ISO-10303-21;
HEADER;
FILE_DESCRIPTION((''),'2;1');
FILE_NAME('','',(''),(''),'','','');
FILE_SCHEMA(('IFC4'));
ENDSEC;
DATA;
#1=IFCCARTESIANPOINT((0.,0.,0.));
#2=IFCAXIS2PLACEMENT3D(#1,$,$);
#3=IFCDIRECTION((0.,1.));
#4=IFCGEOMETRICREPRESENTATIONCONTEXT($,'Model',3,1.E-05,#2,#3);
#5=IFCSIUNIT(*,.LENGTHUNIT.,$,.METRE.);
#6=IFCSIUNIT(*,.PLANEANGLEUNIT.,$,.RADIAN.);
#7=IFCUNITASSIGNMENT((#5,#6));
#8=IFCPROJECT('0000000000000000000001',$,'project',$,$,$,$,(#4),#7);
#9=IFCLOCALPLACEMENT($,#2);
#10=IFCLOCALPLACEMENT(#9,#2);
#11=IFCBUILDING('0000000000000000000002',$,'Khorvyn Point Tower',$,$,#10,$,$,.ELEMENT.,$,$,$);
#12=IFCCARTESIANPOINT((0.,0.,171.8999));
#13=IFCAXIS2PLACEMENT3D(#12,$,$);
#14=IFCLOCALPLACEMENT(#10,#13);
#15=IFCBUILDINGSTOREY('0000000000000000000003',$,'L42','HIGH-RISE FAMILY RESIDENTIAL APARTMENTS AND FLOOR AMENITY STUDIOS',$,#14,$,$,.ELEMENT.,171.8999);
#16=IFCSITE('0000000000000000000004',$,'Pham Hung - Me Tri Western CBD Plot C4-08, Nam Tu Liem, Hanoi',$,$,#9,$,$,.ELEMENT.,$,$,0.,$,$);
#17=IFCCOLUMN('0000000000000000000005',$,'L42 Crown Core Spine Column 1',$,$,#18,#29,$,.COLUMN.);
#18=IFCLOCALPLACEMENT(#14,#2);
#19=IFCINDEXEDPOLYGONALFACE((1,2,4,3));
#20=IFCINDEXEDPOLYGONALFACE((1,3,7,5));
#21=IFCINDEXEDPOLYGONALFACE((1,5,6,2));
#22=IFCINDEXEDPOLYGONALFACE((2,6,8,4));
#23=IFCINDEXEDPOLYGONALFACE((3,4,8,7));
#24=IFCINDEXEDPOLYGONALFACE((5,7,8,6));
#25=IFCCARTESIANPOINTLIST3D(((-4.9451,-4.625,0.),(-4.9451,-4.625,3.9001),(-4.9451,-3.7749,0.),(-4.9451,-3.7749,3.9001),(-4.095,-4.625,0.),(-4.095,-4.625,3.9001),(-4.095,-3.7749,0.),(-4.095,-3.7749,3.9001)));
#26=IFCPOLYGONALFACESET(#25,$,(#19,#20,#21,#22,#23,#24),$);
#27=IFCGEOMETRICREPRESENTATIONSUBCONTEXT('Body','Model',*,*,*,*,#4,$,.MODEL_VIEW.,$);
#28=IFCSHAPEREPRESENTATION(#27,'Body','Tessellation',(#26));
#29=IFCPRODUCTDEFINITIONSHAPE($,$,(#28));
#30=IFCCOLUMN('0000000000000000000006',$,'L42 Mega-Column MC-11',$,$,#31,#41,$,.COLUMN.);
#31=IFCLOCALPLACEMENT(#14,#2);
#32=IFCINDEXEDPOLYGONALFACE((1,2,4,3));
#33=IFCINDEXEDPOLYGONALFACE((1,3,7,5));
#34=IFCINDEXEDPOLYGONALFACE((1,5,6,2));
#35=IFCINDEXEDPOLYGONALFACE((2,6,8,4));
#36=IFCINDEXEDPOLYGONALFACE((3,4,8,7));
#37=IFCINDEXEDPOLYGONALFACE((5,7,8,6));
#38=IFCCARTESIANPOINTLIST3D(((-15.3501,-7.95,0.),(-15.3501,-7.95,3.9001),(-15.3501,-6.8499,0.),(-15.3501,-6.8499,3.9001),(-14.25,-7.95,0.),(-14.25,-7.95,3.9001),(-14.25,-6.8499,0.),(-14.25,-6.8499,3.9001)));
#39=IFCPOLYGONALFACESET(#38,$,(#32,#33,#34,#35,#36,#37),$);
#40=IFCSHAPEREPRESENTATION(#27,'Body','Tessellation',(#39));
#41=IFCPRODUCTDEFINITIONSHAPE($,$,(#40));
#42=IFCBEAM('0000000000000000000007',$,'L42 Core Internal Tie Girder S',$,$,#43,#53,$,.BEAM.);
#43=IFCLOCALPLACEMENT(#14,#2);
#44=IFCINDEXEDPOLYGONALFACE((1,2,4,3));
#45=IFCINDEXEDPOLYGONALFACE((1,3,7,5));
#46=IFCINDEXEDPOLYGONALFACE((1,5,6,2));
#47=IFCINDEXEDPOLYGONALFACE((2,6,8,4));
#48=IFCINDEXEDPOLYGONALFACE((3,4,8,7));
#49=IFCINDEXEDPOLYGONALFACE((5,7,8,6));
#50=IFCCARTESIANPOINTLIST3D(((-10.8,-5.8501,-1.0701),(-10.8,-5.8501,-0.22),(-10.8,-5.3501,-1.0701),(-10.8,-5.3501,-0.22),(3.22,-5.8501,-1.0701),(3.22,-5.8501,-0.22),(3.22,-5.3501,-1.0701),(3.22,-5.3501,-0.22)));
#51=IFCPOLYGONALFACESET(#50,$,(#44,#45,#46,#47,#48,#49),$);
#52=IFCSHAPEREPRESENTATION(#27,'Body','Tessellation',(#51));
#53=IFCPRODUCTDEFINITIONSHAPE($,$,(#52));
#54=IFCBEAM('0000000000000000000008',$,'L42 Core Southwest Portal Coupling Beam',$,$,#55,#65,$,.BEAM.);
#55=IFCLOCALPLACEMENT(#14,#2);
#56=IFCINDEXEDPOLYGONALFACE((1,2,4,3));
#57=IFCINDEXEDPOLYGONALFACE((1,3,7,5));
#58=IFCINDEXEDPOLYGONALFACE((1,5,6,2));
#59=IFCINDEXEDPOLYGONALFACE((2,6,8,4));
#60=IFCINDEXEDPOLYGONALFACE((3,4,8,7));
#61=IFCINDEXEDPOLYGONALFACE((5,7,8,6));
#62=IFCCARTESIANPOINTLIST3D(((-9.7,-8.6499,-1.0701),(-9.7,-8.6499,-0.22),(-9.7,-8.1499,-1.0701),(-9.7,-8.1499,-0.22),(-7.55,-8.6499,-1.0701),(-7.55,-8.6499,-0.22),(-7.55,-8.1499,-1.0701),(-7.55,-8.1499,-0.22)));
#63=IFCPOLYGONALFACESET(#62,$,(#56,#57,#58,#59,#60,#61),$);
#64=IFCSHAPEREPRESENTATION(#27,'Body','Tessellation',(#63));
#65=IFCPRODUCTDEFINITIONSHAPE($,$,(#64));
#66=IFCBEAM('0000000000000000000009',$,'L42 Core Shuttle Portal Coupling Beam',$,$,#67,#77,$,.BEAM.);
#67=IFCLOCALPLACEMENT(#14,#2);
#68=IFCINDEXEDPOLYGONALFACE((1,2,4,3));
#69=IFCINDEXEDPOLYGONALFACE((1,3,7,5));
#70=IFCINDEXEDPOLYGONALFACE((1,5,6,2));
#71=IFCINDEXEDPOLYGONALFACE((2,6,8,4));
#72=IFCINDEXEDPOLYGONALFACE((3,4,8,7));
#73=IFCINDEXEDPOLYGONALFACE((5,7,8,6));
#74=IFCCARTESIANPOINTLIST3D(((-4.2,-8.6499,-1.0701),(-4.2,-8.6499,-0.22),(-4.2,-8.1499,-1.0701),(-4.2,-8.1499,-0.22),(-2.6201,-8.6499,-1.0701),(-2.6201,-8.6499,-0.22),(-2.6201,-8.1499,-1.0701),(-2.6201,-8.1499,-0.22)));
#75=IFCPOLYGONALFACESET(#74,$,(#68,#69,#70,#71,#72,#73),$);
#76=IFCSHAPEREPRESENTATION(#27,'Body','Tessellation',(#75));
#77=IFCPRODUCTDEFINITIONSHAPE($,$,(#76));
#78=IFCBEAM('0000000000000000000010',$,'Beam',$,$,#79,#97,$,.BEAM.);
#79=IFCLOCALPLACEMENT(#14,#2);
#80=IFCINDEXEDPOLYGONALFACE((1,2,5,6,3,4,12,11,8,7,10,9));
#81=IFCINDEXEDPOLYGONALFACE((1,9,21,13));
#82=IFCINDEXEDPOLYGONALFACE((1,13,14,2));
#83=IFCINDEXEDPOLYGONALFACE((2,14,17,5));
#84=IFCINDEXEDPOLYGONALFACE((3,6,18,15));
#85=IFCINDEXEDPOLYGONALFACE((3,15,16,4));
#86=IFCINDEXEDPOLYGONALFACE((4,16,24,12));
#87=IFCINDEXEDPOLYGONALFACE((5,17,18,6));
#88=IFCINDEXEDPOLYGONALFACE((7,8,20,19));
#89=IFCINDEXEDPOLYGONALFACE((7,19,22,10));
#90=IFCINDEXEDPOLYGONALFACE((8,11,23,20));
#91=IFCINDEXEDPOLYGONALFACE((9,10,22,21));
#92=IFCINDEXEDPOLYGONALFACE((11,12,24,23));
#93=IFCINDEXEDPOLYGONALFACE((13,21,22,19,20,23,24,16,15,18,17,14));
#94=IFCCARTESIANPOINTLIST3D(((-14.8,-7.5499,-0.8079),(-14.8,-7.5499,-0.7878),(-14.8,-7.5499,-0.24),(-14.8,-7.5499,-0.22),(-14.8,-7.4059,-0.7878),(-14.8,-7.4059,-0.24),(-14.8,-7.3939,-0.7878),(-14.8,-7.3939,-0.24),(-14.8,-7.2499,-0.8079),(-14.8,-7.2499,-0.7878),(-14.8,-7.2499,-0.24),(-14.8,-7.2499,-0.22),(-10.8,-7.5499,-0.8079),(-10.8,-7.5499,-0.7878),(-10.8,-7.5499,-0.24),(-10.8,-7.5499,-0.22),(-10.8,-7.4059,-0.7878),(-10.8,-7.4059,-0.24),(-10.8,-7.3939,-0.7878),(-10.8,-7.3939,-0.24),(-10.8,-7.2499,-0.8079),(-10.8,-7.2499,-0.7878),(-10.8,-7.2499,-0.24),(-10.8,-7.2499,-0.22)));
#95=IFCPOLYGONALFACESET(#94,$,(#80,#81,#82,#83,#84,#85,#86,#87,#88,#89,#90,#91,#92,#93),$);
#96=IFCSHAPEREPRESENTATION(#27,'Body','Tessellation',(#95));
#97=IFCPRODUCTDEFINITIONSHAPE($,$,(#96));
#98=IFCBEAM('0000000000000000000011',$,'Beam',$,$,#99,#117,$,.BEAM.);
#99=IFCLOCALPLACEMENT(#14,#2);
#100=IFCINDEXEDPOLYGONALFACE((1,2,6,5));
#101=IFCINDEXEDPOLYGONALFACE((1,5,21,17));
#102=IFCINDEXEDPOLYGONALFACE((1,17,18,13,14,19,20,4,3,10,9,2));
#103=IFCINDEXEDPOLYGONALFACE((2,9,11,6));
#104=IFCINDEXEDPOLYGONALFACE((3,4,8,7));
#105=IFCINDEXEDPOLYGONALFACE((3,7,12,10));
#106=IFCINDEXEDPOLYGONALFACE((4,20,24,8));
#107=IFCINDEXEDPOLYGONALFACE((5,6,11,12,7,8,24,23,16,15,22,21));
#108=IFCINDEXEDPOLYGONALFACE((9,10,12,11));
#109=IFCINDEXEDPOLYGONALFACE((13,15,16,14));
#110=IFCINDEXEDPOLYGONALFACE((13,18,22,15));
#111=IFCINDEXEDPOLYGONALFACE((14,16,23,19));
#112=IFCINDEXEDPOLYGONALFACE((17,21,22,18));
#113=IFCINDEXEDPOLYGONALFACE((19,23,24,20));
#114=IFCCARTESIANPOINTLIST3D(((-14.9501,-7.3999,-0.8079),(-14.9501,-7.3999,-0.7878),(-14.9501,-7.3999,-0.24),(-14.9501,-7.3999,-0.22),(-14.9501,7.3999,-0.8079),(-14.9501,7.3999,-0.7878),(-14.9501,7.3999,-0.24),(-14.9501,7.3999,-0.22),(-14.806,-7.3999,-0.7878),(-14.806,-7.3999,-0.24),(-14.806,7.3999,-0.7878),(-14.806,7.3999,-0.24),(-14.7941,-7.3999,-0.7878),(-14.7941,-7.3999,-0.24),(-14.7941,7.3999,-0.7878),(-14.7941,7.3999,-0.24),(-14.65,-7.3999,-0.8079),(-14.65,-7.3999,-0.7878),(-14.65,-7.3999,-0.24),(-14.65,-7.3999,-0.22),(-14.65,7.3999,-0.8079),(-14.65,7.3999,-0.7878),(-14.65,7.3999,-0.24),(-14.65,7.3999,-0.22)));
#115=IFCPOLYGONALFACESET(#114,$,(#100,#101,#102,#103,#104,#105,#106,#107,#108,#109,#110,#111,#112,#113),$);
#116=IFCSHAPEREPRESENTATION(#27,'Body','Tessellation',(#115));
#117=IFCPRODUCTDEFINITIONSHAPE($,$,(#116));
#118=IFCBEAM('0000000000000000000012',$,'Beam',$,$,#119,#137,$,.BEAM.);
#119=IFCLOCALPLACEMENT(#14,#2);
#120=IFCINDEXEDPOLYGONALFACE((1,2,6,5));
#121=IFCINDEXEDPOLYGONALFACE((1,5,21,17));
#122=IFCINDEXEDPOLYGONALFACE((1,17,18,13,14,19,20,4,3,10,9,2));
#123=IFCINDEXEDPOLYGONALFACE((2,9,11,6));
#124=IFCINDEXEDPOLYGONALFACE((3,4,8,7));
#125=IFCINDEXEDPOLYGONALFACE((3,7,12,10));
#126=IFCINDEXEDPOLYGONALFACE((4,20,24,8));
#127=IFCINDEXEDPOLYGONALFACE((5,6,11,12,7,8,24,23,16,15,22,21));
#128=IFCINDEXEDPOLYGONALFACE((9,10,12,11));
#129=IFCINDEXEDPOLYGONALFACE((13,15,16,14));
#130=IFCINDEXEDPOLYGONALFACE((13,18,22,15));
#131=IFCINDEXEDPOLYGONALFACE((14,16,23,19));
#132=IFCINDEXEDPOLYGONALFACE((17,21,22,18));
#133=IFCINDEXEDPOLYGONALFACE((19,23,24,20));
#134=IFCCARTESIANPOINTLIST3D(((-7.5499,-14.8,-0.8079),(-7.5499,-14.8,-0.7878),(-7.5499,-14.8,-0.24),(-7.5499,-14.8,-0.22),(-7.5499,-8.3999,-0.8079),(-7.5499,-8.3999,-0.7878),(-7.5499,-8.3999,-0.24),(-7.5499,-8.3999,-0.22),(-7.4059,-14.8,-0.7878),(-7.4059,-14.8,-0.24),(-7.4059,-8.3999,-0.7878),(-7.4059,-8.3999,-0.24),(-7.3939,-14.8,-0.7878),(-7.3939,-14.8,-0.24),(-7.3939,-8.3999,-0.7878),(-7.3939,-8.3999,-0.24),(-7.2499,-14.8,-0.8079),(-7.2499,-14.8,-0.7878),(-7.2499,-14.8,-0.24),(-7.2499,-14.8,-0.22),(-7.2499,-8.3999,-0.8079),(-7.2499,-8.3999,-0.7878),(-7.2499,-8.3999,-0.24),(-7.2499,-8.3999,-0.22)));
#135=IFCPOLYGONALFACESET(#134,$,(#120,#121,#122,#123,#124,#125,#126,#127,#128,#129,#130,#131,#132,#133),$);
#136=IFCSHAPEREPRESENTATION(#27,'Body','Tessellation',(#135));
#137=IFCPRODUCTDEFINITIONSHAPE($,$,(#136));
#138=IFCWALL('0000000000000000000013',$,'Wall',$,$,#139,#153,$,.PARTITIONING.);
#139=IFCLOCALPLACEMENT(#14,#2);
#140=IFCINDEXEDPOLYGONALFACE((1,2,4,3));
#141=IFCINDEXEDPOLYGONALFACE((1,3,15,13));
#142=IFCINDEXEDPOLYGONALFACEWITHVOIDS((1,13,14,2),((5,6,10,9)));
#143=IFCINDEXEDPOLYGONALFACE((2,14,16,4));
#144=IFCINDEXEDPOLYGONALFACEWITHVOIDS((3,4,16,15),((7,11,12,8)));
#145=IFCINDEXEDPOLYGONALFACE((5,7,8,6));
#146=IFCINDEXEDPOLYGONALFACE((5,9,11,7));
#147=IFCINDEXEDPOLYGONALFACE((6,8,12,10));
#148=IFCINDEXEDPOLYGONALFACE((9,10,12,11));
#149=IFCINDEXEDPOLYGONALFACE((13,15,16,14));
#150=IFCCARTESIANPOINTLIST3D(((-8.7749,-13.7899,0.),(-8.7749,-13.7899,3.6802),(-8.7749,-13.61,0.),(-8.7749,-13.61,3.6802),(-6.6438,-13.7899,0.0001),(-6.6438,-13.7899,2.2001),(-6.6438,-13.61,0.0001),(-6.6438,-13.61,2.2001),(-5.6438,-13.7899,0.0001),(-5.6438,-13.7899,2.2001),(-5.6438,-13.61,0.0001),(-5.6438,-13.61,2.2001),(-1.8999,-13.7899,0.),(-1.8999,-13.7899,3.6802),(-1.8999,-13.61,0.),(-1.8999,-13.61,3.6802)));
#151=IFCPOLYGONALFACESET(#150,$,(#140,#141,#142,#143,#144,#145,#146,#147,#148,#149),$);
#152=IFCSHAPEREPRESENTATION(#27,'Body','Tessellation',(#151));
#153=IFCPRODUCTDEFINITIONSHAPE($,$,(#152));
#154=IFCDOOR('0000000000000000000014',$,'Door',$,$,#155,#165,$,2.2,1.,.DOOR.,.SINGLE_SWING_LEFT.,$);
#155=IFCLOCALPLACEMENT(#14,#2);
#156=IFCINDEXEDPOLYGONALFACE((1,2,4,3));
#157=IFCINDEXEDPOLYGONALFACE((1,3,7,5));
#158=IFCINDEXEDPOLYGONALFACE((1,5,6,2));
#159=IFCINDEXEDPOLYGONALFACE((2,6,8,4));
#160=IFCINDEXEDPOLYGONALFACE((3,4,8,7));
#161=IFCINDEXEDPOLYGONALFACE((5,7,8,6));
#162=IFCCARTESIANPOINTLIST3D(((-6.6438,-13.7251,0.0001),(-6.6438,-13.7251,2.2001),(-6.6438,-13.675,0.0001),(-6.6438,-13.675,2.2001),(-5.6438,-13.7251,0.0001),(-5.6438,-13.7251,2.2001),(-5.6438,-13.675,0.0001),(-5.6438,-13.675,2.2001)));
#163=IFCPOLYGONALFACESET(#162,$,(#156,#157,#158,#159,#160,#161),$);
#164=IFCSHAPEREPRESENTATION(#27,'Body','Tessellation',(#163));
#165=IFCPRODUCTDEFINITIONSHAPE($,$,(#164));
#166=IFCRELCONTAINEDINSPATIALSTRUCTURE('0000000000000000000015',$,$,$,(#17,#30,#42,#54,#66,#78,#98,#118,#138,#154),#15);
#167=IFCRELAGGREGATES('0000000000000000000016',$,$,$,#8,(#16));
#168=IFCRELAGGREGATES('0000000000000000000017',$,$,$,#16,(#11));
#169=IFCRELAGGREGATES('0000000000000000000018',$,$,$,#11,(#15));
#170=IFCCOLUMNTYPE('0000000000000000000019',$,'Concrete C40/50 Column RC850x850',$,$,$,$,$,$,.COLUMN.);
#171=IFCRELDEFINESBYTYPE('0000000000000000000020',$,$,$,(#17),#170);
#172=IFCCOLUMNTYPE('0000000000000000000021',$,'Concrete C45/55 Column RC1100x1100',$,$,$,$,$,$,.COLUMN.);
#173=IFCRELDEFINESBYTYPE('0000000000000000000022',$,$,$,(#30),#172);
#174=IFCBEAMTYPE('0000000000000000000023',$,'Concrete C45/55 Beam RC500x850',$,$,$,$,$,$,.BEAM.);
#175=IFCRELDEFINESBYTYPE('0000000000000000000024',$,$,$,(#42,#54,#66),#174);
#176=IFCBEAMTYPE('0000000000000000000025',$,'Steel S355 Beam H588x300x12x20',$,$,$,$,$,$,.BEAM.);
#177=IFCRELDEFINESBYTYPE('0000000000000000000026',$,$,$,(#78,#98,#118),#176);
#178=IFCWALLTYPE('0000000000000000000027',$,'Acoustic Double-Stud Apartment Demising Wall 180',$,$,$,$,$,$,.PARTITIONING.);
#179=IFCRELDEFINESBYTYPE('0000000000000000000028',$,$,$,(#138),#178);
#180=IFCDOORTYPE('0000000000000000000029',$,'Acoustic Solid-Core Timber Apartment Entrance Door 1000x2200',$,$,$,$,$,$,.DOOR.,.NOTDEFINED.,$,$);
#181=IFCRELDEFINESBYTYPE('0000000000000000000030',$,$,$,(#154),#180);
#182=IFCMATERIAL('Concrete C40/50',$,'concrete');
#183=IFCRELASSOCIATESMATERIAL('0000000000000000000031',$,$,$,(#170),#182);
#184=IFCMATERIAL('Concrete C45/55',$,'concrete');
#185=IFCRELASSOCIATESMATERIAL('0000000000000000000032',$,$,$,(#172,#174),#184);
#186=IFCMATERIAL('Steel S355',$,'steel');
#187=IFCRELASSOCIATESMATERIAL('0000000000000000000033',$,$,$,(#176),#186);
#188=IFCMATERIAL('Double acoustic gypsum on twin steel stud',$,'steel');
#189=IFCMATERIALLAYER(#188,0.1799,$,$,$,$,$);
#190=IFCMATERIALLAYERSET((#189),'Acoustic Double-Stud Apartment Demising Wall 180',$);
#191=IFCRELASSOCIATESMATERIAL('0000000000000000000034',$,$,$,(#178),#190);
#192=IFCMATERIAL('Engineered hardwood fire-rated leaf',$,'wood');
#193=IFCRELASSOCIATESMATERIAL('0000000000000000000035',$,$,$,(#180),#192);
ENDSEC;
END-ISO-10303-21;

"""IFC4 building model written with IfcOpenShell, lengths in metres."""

from ifc_helpers import new_model, si_unit, direction, frame, frame_2d, origin, origin_2d, place, context, subcontext, project, spatial, rectangle, i_section, extrude, material, layer, layer_set, material_profile, profile_set, type_object, element, fill, save


model = new_model("IFC4")

# Units and contexts
model_context = context("Model", 3, precision=1e-05, world=origin(), true_north=direction((0.0, 1.0)))
body_context = subcontext(model_context, "Body", "Model", "MODEL_VIEW")
ifc_project = project(units=[si_unit("LENGTHUNIT", "METRE"), si_unit("PLANEANGLEUNIT", "RADIAN")], contexts=[model_context])

# Site, building, storey
site_placement = place(None, origin())
site = spatial("IfcSite", under=ifc_project, at=site_placement, Name="Pham Hung - Me Tri Western CBD Plot C4-08, Nam Tu Liem, Hanoi", CompositionType="ELEMENT", RefElevation=0.0)
building_placement = place(site_placement, origin())
building = spatial("IfcBuilding", under=site, at=building_placement, Name="Khorvyn Point Tower", CompositionType="ELEMENT")
storey_placement = place(building_placement, frame((0.0, 0.0, 171.8999)))
storey = spatial("IfcBuildingStorey", under=building, at=storey_placement, Name="L42", Description="HIGH-RISE FAMILY RESIDENTIAL APARTMENTS AND FLOOR AMENITY STUDIOS", CompositionType="ELEMENT", Elevation=171.8999)

# Columns
ifc_material_1 = material(Name="Concrete C40/50", Category="concrete")
ifc_material_profile_1 = material_profile(ifc_material_1, rectangle(XDim=0.8501, YDim=0.8501, at=origin_2d()))
ifc_profile_set_1 = profile_set([ifc_material_profile_1], Name="Concrete C40/50 RC850x850")
column_type_1 = type_object("IfcColumnType", Name="Concrete C40/50 Column RC850x850", PredefinedType="COLUMN", material=ifc_profile_set_1)
column_1_placement = place(storey_placement, frame((-4.52, -4.2, 0.0), z_axis=(0.0, 0.0, 1.0), x_axis=(1.0, 0.0, 0.0)))
element("IfcColumn", 1, at=column_1_placement, inside=storey, type_object=column_type_1, Name="L42 Crown Core Spine Column 1", PredefinedType="COLUMN", context=body_context, shape_type="SweptSolid", body=[
    extrude(rectangle(XDim=0.8501, YDim=0.8501, at=origin_2d()), origin(), (0.0, 0.0, 1.0), 3.9001),
])
ifc_material_2 = material(Name="Concrete C45/55", Category="concrete")
ifc_material_profile_2 = material_profile(ifc_material_2, rectangle(XDim=1.1001, YDim=1.1001, at=origin_2d()))
ifc_profile_set_2 = profile_set([ifc_material_profile_2], Name="Concrete C45/55 RC1100x1100")
column_type_2 = type_object("IfcColumnType", Name="Concrete C45/55 Column RC1100x1100", PredefinedType="COLUMN", material=ifc_profile_set_2)
column_2_placement = place(storey_placement, frame((-14.8, -7.3999, 0.0), z_axis=(0.0, 0.0, 1.0), x_axis=(1.0, 0.0, 0.0)))
element("IfcColumn", 2, at=column_2_placement, inside=storey, type_object=column_type_2, Name="L42 Mega-Column MC-11", PredefinedType="COLUMN", context=body_context, shape_type="SweptSolid", body=[
    extrude(rectangle(XDim=1.1001, YDim=1.1001, at=origin_2d()), origin(), (0.0, 0.0, 1.0), 3.9001),
])

# Beams
ifc_material_profile_3 = material_profile(ifc_material_2, rectangle(XDim=0.5, YDim=0.8501, at=origin_2d()))
ifc_profile_set_3 = profile_set([ifc_material_profile_3], Name="Concrete C45/55 RC500x850")
beam_type_1 = type_object("IfcBeamType", Name="Concrete C45/55 Beam RC500x850", PredefinedType="BEAM", material=ifc_profile_set_3)
beam_1_placement = place(storey_placement, frame((-10.8, -5.6001, -0.645), z_axis=(1.0, 0.0, 0.0), x_axis=(0.0, 1.0, 0.0)))
element("IfcBeam", 3, at=beam_1_placement, inside=storey, type_object=beam_type_1, Name="L42 Core Internal Tie Girder S", PredefinedType="BEAM", context=body_context, shape_type="SweptSolid", body=[
    extrude(rectangle(XDim=0.5, YDim=0.8501, at=origin_2d()), origin(), (0.0, 0.0, 1.0), 14.02),
])
beam_2_placement = place(storey_placement, frame((-9.7, -8.3999, -0.645), z_axis=(1.0, 0.0, 0.0), x_axis=(0.0, 1.0, 0.0)))
element("IfcBeam", 4, at=beam_2_placement, inside=storey, type_object=beam_type_1, Name="L42 Core Southwest Portal Coupling Beam", PredefinedType="BEAM", context=body_context, shape_type="SweptSolid", body=[
    extrude(rectangle(XDim=0.5, YDim=0.8501, at=origin_2d()), origin(), (0.0, 0.0, 1.0), 2.1499),
])
beam_3_placement = place(storey_placement, frame((-4.2, -8.3999, -0.645), z_axis=(1.0, 0.0, 0.0), x_axis=(0.0, 1.0, 0.0)))
element("IfcBeam", 5, at=beam_3_placement, inside=storey, type_object=beam_type_1, Name="L42 Core Shuttle Portal Coupling Beam", PredefinedType="BEAM", context=body_context, shape_type="SweptSolid", body=[
    extrude(rectangle(XDim=0.5, YDim=0.8501, at=origin_2d()), origin(), (0.0, 0.0, 1.0), 1.5798),
])
ifc_material_3 = material(Name="Steel S355", Category="steel")
ifc_material_profile_4 = material_profile(ifc_material_3, i_section(OverallWidth=0.3, OverallDepth=0.5879, WebThickness=0.012, FlangeThickness=0.02, at=origin_2d()))
ifc_profile_set_4 = profile_set([ifc_material_profile_4], Name="Steel S355 H588x300x12x20")
beam_type_2 = type_object("IfcBeamType", Name="Steel S355 Beam H588x300x12x20", PredefinedType="BEAM", material=ifc_profile_set_4)
beam_4_placement = place(storey_placement, frame((-14.8, -7.3999, -0.5139), z_axis=(1.0, 0.0, 0.0), x_axis=(0.0, 1.0, 0.0)))
element("IfcBeam", 6, at=beam_4_placement, inside=storey, type_object=beam_type_2, Name="Beam", PredefinedType="BEAM", context=body_context, shape_type="SweptSolid", body=[
    extrude(i_section(OverallWidth=0.3, OverallDepth=0.5879, WebThickness=0.012, FlangeThickness=0.02, at=origin_2d()), origin(), (0.0, 0.0, 1.0), 4.0),
])
beam_5_placement = place(storey_placement, frame((-14.8, -7.3999, -0.5139), z_axis=(0.0, 1.0, 0.0), x_axis=(-1.0, 0.0, 0.0)))
element("IfcBeam", 7, at=beam_5_placement, inside=storey, type_object=beam_type_2, Name="Beam", PredefinedType="BEAM", context=body_context, shape_type="SweptSolid", body=[
    extrude(i_section(OverallWidth=0.3, OverallDepth=0.5879, WebThickness=0.012, FlangeThickness=0.02, at=origin_2d()), origin(), (0.0, 0.0, 1.0), 14.7998),
])
beam_6_placement = place(storey_placement, frame((-7.3999, -14.8, -0.5139), z_axis=(0.0, 1.0, 0.0), x_axis=(-1.0, 0.0, 0.0)))
element("IfcBeam", 8, at=beam_6_placement, inside=storey, type_object=beam_type_2, Name="Beam", PredefinedType="BEAM", context=body_context, shape_type="SweptSolid", body=[
    extrude(i_section(OverallWidth=0.3, OverallDepth=0.5879, WebThickness=0.012, FlangeThickness=0.02, at=origin_2d()), origin(), (0.0, 0.0, 1.0), 6.4001),
])

# Wall, opening, door
ifc_material_4 = material(Name="Double acoustic gypsum on twin steel stud", Category="steel")
ifc_layer_1 = layer(ifc_material_4, 0.1799)
ifc_layer_set_1 = layer_set([ifc_layer_1], Name="Acoustic Double-Stud Apartment Demising Wall 180")
wall_type_1 = type_object("IfcWallType", Name="Acoustic Double-Stud Apartment Demising Wall 180", PredefinedType="PARTITIONING", material=ifc_layer_set_1)
wall_1_placement = place(storey_placement, frame((-8.7749, -13.7, 0.0), z_axis=(0.0, 0.0, 1.0), x_axis=(1.0, 0.0, 0.0)))
wall_1 = element("IfcWall", 9, at=wall_1_placement, inside=storey, type_object=wall_type_1, Name="Wall", PredefinedType="PARTITIONING", context=body_context, shape_type="SweptSolid", body=[
    extrude(rectangle(XDim=6.875, YDim=0.1799, at=frame_2d((3.4375, 0.0))), origin(), (0.0, 0.0, 1.0), 3.6802),
])
opening_1_placement = place(wall_1_placement, frame((2.1311, 0.0, 0.0)))
opening_1 = element("IfcOpeningElement", 10, at=opening_1_placement, cuts=wall_1, PredefinedType="OPENING", context=body_context, shape_type="SweptSolid", body=[
    extrude(rectangle(XDim=1.0, YDim=2.2, at=frame_2d((0.5, 1.1001))), frame((0.0, 0.0999, 0.0), z_axis=(0.0, -1.0, 0.0), x_axis=(1.0, 0.0, 0.0)), (0.0, 0.0, 1.0), 0.2),
])
ifc_material_5 = material(Name="Engineered hardwood fire-rated leaf", Category="wood")
door_type_1 = type_object("IfcDoorType", Name="Acoustic Solid-Core Timber Apartment Entrance Door 1000x2200", OperationType="NOTDEFINED", PredefinedType="DOOR", material=ifc_material_5)
door_1_placement = place(opening_1_placement, origin())
door_1 = element("IfcDoor", 11, at=door_1_placement, inside=storey, type_object=door_type_1, Name="Door", OperationType="SINGLE_SWING_LEFT", OverallHeight=2.2, OverallWidth=1.0, PredefinedType="DOOR", context=body_context, shape_type="SweptSolid", body=[
    extrude(rectangle(XDim=1.0, YDim=2.2, at=frame_2d((0.5, 1.1001))), frame((0.0, 0.0249, 0.0), z_axis=(0.0, -1.0, 0.0), x_axis=(1.0, 0.0, 0.0)), (0.0, 0.0, 1.0), 0.05),
])
fill(opening_1, door_1)

save(model, "model.ifc")
